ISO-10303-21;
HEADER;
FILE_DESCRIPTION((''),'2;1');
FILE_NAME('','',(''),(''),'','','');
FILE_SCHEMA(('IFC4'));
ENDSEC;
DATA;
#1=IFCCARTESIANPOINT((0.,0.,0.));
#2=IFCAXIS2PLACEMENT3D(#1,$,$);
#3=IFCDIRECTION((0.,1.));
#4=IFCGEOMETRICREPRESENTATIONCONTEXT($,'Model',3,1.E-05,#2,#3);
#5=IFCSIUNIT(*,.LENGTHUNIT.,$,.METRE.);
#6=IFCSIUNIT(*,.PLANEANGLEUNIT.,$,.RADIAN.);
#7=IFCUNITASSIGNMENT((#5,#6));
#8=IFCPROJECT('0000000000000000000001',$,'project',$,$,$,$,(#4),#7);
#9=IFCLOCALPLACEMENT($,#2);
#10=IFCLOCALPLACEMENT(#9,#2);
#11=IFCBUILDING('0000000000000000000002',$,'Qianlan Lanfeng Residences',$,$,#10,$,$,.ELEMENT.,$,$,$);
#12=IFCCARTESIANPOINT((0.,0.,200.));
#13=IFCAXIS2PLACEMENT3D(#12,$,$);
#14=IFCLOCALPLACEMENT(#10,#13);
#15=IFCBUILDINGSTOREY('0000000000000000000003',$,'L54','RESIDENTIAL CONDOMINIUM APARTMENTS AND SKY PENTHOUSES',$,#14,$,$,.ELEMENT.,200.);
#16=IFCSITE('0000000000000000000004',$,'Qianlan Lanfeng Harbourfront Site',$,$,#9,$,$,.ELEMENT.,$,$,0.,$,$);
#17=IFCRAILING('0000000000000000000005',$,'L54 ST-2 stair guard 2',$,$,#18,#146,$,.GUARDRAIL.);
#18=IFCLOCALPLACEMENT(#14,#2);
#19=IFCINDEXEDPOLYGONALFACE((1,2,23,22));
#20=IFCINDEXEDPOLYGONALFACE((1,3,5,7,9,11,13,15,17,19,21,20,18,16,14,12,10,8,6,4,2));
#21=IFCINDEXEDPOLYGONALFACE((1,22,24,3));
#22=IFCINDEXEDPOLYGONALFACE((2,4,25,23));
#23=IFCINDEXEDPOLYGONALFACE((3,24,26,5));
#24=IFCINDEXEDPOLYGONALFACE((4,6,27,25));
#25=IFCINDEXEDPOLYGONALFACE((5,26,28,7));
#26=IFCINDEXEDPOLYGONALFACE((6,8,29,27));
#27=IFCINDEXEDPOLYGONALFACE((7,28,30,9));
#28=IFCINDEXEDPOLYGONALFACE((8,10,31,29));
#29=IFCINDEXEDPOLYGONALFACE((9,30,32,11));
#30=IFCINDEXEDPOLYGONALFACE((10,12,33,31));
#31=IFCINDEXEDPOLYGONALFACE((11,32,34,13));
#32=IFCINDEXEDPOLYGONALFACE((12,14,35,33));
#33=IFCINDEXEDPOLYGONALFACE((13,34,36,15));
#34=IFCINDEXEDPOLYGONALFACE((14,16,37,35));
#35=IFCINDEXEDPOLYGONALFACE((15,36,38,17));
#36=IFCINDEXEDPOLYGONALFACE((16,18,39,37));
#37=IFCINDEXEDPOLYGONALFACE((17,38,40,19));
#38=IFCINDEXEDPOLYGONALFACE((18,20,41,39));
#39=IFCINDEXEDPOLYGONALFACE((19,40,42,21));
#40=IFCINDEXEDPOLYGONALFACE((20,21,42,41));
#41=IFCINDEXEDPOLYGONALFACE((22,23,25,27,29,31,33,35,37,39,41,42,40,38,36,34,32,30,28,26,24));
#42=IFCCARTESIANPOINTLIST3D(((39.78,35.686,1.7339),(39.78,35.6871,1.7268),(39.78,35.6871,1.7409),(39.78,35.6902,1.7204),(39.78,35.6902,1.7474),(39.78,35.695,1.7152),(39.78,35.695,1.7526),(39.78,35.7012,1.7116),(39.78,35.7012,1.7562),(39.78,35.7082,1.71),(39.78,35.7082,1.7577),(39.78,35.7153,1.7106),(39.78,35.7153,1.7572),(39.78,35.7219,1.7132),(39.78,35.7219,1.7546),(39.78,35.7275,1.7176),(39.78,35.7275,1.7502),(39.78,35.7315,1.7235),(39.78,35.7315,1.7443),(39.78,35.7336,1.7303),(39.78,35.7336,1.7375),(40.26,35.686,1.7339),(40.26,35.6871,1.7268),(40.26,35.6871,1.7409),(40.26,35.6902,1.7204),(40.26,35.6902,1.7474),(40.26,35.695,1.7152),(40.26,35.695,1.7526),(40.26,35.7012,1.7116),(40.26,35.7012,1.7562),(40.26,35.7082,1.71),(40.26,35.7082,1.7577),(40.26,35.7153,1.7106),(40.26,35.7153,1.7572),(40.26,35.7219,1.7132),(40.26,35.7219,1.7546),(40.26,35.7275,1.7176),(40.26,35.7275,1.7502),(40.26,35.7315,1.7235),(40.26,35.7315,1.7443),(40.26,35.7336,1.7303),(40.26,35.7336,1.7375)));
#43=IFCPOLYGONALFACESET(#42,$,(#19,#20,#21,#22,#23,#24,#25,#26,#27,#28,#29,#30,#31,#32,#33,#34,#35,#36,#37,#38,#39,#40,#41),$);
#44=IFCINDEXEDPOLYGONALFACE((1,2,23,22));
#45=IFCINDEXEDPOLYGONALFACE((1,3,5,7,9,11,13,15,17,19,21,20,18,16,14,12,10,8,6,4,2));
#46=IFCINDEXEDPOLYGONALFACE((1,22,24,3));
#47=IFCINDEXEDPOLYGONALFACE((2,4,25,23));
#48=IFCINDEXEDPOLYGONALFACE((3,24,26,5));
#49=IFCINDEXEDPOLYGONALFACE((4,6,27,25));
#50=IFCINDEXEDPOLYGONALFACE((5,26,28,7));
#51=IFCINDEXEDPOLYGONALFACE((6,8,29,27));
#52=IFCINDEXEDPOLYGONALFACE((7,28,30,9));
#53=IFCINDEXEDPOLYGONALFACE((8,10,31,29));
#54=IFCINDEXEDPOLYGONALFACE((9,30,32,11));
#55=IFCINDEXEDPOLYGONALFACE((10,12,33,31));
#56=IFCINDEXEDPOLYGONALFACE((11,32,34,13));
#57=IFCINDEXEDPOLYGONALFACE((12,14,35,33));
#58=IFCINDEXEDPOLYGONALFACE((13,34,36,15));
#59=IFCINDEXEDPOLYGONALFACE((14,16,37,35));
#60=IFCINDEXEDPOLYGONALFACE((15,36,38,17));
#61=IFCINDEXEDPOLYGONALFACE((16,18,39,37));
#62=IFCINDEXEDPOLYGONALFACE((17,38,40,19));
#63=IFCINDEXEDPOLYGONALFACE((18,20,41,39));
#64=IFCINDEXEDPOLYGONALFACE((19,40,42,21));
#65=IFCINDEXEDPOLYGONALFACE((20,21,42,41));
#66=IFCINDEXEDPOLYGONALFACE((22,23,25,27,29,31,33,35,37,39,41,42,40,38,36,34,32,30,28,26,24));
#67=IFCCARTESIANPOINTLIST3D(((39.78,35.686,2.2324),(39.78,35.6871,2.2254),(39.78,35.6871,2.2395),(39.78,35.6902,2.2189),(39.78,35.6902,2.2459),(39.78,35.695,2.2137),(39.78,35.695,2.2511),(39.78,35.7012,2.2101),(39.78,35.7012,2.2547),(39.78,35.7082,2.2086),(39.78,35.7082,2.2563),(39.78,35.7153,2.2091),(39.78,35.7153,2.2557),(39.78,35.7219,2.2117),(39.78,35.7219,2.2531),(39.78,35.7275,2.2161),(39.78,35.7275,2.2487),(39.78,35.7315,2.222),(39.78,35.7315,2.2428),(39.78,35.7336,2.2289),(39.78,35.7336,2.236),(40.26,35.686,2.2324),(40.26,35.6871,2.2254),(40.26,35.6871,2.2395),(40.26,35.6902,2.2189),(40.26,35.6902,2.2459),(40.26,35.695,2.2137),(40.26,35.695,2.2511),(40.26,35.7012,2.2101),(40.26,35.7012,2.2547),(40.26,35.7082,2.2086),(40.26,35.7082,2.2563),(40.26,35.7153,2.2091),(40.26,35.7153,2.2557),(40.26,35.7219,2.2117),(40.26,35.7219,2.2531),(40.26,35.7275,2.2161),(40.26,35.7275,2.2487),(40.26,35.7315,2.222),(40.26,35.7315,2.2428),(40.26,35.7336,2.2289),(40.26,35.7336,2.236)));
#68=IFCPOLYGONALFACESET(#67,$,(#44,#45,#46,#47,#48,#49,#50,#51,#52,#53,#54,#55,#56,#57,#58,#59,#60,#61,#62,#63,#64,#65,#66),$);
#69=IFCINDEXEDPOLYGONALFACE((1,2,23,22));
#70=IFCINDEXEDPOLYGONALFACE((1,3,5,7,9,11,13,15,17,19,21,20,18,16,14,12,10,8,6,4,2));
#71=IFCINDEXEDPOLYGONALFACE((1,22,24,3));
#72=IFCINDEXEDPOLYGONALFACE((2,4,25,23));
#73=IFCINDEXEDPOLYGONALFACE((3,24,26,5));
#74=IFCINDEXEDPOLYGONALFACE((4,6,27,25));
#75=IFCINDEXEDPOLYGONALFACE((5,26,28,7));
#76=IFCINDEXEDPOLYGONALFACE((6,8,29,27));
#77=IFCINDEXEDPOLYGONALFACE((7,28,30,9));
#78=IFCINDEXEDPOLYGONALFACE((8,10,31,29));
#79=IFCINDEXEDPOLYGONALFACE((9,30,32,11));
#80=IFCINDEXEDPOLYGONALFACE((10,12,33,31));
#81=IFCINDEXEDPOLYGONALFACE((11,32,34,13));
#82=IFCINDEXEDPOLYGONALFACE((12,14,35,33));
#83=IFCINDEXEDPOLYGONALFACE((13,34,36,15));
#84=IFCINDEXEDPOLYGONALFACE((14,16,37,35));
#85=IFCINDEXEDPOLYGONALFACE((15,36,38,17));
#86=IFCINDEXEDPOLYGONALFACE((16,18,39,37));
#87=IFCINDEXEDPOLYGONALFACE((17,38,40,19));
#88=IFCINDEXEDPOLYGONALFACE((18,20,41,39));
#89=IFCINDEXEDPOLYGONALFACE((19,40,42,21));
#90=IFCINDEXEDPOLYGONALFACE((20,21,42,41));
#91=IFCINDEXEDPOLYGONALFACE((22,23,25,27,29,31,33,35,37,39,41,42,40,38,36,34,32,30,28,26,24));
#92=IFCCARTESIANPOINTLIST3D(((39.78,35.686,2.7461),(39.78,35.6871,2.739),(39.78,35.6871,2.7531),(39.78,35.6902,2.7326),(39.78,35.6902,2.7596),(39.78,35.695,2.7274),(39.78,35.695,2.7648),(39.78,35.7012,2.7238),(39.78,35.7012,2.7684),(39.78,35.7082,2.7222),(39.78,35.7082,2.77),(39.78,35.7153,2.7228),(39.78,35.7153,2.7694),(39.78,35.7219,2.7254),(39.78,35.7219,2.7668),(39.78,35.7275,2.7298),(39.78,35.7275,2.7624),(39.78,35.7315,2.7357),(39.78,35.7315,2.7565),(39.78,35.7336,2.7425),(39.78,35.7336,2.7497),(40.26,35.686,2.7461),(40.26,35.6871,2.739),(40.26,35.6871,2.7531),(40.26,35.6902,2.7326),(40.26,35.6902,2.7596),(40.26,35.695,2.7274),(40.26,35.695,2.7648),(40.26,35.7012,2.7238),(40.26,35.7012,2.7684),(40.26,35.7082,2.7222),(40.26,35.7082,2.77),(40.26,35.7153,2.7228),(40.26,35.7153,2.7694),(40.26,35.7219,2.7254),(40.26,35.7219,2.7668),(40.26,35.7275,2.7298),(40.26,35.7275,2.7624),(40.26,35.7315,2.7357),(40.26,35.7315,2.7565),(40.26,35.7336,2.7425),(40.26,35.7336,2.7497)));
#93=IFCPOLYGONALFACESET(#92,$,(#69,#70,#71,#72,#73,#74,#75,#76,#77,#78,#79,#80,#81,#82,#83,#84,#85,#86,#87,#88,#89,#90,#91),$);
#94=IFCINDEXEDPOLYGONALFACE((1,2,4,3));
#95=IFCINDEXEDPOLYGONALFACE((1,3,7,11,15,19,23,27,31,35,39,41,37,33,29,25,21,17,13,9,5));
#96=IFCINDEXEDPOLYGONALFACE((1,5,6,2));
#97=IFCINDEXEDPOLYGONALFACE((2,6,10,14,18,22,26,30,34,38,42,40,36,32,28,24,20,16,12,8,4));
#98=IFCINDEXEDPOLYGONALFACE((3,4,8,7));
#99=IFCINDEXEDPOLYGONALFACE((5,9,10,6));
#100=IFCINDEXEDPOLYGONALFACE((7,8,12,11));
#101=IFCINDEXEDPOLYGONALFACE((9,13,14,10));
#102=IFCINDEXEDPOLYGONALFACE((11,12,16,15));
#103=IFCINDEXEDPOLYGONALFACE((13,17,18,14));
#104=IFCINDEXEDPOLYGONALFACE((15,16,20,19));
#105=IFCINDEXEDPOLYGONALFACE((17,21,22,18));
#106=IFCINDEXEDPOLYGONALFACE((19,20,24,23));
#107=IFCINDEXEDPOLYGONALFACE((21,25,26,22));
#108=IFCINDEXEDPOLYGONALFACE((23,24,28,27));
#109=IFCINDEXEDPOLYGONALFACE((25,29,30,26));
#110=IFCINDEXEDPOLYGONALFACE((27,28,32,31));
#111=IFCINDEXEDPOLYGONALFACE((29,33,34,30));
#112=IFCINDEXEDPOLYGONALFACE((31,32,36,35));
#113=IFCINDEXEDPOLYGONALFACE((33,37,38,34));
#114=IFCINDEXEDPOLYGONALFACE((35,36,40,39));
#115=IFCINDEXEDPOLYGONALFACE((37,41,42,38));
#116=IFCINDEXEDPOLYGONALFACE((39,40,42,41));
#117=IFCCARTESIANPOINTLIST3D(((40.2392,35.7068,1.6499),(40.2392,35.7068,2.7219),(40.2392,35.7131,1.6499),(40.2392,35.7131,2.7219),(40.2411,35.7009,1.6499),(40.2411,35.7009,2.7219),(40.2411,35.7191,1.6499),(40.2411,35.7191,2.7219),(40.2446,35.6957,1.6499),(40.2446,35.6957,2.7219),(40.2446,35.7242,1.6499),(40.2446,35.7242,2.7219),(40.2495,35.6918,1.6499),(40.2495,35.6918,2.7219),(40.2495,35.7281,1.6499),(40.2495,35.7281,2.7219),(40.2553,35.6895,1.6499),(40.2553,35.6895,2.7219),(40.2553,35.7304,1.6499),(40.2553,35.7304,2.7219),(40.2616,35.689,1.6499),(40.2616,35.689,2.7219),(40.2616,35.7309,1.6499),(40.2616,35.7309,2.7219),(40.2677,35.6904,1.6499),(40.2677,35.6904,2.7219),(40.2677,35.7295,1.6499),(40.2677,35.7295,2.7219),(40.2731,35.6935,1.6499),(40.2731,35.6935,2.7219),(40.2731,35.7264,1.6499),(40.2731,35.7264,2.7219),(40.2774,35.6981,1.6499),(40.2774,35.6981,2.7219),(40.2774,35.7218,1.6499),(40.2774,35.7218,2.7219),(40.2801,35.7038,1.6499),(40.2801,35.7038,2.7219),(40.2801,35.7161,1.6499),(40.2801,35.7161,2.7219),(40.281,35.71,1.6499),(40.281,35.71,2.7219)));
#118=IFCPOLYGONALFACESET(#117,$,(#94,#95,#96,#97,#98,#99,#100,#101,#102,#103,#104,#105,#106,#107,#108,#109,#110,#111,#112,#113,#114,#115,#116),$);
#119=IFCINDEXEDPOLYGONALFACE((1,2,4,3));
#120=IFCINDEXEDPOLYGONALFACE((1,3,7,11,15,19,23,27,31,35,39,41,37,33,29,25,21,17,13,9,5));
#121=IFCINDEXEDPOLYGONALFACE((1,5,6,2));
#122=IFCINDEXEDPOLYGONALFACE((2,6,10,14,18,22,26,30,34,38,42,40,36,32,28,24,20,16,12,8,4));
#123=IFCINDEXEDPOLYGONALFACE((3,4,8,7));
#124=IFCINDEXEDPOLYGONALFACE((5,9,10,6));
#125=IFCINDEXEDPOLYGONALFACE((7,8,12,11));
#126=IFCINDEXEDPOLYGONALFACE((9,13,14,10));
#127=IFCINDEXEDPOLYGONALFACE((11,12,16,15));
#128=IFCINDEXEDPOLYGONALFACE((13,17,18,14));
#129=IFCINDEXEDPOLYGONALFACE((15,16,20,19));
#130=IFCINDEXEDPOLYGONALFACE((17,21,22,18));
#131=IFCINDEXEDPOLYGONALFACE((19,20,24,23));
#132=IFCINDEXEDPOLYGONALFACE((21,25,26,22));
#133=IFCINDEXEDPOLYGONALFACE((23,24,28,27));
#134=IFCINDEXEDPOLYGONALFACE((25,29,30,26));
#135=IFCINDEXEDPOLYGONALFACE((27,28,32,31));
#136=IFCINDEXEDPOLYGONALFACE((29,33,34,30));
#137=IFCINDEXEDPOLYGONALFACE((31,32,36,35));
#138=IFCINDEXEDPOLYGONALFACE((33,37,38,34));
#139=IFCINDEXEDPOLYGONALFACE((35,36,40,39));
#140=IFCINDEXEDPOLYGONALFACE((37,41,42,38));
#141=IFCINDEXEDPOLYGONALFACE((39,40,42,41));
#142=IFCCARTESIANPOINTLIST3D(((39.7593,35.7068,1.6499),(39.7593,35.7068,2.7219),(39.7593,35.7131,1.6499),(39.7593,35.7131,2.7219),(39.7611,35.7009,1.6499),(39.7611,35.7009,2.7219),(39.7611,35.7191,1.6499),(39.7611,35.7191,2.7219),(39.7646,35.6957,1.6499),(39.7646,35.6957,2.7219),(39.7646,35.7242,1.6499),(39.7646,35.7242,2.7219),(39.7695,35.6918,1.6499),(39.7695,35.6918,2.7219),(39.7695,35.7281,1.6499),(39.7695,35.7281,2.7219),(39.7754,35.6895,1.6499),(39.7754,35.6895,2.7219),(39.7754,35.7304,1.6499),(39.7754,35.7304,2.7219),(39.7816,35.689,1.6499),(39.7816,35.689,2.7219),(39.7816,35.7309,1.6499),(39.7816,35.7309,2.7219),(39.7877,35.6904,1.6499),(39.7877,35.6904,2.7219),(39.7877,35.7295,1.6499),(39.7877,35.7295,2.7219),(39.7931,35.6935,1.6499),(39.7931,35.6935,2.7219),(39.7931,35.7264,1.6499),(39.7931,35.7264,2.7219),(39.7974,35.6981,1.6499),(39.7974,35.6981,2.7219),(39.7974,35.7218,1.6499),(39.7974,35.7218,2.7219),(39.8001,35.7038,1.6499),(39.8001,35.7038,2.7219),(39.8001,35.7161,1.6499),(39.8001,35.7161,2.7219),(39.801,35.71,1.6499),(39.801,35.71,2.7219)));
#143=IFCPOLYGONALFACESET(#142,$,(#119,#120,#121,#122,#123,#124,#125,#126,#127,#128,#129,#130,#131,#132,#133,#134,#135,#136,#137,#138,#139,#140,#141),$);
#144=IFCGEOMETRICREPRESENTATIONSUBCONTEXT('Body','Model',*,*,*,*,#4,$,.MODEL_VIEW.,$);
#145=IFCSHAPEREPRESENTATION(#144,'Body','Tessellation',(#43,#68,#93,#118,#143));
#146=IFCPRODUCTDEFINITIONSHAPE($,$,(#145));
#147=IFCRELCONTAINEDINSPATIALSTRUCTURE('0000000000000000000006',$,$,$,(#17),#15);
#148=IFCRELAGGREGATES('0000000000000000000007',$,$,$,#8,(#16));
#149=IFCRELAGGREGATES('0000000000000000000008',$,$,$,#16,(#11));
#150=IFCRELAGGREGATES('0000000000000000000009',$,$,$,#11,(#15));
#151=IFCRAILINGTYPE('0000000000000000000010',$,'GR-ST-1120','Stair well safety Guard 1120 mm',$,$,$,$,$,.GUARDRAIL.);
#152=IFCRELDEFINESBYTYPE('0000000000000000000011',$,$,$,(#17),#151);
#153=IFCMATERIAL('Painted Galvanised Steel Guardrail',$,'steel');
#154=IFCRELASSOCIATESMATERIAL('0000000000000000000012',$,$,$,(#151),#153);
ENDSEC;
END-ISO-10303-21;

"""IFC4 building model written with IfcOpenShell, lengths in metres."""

from ifc_helpers import new_model, si_unit, direction, frame, origin, origin_2d, place, context, subcontext, project, spatial, circle, extrude, material, type_object, element, save


model = new_model("IFC4")

# Units and contexts
model_context = context("Model", 3, precision=1e-05, world=origin(), true_north=direction((0.0, 1.0)))
body_context = subcontext(model_context, "Body", "Model", "MODEL_VIEW")
ifc_project = project(units=[si_unit("LENGTHUNIT", "METRE"), si_unit("PLANEANGLEUNIT", "RADIAN")], contexts=[model_context])

# Site, building, storey
site_placement = place(None, origin())
site = spatial("IfcSite", under=ifc_project, at=site_placement, Name="Qianlan Lanfeng Harbourfront Site", CompositionType="ELEMENT", RefElevation=0.0)
building_placement = place(site_placement, origin())
building = spatial("IfcBuilding", under=site, at=building_placement, Name="Qianlan Lanfeng Residences", CompositionType="ELEMENT")
storey_placement = place(building_placement, frame((0.0, 0.0, 200.0)))
storey = spatial("IfcBuildingStorey", under=building, at=storey_placement, Name="L54", Description="RESIDENTIAL CONDOMINIUM APARTMENTS AND SKY PENTHOUSES", CompositionType="ELEMENT", Elevation=200.0)

# Railing
ifc_material_1 = material(Name="Painted Galvanised Steel Guardrail", Category="steel")
railing_type_1 = type_object("IfcRailingType", Name="GR-ST-1120", Description="Stair well safety Guard 1120 mm", PredefinedType="GUARDRAIL", material=ifc_material_1)
railing_1_placement = place(storey_placement, frame((40.26, 35.71, 1.6499)))
element("IfcRailing", 1, at=railing_1_placement, inside=storey, type_object=railing_type_1, Name="L54 ST-2 stair guard 2", PredefinedType="GUARDRAIL", context=body_context, shape_type="SweptSolid", body=[
    extrude(circle(Radius=0.0239, at=origin_2d()), frame((0.0, 0.0, 0.084), z_axis=(-1.0, 0.0, 0.0), x_axis=(0.0, -1.0, 0.0)), (0.0, 0.0, 1.0), 0.48),
    extrude(circle(Radius=0.0239, at=origin_2d()), frame((0.0, 0.0, 0.5825), z_axis=(-1.0, 0.0, 0.0), x_axis=(0.0, -1.0, 0.0)), (0.0, 0.0, 1.0), 0.48),
    extrude(circle(Radius=0.0239, at=origin_2d()), frame((0.0, 0.0, 1.0962), z_axis=(-1.0, 0.0, 0.0), x_axis=(0.0, -1.0, 0.0)), (0.0, 0.0, 1.0), 0.48),
    extrude(circle(Radius=0.021, at=origin_2d()), origin(), (0.0, 0.0, 1.0), 1.072),
    extrude(circle(Radius=0.021, at=origin_2d()), frame((-0.48, 0.0, 0.0)), (0.0, 0.0, 1.0), 1.072),
])

save(model, "model.ifc")
